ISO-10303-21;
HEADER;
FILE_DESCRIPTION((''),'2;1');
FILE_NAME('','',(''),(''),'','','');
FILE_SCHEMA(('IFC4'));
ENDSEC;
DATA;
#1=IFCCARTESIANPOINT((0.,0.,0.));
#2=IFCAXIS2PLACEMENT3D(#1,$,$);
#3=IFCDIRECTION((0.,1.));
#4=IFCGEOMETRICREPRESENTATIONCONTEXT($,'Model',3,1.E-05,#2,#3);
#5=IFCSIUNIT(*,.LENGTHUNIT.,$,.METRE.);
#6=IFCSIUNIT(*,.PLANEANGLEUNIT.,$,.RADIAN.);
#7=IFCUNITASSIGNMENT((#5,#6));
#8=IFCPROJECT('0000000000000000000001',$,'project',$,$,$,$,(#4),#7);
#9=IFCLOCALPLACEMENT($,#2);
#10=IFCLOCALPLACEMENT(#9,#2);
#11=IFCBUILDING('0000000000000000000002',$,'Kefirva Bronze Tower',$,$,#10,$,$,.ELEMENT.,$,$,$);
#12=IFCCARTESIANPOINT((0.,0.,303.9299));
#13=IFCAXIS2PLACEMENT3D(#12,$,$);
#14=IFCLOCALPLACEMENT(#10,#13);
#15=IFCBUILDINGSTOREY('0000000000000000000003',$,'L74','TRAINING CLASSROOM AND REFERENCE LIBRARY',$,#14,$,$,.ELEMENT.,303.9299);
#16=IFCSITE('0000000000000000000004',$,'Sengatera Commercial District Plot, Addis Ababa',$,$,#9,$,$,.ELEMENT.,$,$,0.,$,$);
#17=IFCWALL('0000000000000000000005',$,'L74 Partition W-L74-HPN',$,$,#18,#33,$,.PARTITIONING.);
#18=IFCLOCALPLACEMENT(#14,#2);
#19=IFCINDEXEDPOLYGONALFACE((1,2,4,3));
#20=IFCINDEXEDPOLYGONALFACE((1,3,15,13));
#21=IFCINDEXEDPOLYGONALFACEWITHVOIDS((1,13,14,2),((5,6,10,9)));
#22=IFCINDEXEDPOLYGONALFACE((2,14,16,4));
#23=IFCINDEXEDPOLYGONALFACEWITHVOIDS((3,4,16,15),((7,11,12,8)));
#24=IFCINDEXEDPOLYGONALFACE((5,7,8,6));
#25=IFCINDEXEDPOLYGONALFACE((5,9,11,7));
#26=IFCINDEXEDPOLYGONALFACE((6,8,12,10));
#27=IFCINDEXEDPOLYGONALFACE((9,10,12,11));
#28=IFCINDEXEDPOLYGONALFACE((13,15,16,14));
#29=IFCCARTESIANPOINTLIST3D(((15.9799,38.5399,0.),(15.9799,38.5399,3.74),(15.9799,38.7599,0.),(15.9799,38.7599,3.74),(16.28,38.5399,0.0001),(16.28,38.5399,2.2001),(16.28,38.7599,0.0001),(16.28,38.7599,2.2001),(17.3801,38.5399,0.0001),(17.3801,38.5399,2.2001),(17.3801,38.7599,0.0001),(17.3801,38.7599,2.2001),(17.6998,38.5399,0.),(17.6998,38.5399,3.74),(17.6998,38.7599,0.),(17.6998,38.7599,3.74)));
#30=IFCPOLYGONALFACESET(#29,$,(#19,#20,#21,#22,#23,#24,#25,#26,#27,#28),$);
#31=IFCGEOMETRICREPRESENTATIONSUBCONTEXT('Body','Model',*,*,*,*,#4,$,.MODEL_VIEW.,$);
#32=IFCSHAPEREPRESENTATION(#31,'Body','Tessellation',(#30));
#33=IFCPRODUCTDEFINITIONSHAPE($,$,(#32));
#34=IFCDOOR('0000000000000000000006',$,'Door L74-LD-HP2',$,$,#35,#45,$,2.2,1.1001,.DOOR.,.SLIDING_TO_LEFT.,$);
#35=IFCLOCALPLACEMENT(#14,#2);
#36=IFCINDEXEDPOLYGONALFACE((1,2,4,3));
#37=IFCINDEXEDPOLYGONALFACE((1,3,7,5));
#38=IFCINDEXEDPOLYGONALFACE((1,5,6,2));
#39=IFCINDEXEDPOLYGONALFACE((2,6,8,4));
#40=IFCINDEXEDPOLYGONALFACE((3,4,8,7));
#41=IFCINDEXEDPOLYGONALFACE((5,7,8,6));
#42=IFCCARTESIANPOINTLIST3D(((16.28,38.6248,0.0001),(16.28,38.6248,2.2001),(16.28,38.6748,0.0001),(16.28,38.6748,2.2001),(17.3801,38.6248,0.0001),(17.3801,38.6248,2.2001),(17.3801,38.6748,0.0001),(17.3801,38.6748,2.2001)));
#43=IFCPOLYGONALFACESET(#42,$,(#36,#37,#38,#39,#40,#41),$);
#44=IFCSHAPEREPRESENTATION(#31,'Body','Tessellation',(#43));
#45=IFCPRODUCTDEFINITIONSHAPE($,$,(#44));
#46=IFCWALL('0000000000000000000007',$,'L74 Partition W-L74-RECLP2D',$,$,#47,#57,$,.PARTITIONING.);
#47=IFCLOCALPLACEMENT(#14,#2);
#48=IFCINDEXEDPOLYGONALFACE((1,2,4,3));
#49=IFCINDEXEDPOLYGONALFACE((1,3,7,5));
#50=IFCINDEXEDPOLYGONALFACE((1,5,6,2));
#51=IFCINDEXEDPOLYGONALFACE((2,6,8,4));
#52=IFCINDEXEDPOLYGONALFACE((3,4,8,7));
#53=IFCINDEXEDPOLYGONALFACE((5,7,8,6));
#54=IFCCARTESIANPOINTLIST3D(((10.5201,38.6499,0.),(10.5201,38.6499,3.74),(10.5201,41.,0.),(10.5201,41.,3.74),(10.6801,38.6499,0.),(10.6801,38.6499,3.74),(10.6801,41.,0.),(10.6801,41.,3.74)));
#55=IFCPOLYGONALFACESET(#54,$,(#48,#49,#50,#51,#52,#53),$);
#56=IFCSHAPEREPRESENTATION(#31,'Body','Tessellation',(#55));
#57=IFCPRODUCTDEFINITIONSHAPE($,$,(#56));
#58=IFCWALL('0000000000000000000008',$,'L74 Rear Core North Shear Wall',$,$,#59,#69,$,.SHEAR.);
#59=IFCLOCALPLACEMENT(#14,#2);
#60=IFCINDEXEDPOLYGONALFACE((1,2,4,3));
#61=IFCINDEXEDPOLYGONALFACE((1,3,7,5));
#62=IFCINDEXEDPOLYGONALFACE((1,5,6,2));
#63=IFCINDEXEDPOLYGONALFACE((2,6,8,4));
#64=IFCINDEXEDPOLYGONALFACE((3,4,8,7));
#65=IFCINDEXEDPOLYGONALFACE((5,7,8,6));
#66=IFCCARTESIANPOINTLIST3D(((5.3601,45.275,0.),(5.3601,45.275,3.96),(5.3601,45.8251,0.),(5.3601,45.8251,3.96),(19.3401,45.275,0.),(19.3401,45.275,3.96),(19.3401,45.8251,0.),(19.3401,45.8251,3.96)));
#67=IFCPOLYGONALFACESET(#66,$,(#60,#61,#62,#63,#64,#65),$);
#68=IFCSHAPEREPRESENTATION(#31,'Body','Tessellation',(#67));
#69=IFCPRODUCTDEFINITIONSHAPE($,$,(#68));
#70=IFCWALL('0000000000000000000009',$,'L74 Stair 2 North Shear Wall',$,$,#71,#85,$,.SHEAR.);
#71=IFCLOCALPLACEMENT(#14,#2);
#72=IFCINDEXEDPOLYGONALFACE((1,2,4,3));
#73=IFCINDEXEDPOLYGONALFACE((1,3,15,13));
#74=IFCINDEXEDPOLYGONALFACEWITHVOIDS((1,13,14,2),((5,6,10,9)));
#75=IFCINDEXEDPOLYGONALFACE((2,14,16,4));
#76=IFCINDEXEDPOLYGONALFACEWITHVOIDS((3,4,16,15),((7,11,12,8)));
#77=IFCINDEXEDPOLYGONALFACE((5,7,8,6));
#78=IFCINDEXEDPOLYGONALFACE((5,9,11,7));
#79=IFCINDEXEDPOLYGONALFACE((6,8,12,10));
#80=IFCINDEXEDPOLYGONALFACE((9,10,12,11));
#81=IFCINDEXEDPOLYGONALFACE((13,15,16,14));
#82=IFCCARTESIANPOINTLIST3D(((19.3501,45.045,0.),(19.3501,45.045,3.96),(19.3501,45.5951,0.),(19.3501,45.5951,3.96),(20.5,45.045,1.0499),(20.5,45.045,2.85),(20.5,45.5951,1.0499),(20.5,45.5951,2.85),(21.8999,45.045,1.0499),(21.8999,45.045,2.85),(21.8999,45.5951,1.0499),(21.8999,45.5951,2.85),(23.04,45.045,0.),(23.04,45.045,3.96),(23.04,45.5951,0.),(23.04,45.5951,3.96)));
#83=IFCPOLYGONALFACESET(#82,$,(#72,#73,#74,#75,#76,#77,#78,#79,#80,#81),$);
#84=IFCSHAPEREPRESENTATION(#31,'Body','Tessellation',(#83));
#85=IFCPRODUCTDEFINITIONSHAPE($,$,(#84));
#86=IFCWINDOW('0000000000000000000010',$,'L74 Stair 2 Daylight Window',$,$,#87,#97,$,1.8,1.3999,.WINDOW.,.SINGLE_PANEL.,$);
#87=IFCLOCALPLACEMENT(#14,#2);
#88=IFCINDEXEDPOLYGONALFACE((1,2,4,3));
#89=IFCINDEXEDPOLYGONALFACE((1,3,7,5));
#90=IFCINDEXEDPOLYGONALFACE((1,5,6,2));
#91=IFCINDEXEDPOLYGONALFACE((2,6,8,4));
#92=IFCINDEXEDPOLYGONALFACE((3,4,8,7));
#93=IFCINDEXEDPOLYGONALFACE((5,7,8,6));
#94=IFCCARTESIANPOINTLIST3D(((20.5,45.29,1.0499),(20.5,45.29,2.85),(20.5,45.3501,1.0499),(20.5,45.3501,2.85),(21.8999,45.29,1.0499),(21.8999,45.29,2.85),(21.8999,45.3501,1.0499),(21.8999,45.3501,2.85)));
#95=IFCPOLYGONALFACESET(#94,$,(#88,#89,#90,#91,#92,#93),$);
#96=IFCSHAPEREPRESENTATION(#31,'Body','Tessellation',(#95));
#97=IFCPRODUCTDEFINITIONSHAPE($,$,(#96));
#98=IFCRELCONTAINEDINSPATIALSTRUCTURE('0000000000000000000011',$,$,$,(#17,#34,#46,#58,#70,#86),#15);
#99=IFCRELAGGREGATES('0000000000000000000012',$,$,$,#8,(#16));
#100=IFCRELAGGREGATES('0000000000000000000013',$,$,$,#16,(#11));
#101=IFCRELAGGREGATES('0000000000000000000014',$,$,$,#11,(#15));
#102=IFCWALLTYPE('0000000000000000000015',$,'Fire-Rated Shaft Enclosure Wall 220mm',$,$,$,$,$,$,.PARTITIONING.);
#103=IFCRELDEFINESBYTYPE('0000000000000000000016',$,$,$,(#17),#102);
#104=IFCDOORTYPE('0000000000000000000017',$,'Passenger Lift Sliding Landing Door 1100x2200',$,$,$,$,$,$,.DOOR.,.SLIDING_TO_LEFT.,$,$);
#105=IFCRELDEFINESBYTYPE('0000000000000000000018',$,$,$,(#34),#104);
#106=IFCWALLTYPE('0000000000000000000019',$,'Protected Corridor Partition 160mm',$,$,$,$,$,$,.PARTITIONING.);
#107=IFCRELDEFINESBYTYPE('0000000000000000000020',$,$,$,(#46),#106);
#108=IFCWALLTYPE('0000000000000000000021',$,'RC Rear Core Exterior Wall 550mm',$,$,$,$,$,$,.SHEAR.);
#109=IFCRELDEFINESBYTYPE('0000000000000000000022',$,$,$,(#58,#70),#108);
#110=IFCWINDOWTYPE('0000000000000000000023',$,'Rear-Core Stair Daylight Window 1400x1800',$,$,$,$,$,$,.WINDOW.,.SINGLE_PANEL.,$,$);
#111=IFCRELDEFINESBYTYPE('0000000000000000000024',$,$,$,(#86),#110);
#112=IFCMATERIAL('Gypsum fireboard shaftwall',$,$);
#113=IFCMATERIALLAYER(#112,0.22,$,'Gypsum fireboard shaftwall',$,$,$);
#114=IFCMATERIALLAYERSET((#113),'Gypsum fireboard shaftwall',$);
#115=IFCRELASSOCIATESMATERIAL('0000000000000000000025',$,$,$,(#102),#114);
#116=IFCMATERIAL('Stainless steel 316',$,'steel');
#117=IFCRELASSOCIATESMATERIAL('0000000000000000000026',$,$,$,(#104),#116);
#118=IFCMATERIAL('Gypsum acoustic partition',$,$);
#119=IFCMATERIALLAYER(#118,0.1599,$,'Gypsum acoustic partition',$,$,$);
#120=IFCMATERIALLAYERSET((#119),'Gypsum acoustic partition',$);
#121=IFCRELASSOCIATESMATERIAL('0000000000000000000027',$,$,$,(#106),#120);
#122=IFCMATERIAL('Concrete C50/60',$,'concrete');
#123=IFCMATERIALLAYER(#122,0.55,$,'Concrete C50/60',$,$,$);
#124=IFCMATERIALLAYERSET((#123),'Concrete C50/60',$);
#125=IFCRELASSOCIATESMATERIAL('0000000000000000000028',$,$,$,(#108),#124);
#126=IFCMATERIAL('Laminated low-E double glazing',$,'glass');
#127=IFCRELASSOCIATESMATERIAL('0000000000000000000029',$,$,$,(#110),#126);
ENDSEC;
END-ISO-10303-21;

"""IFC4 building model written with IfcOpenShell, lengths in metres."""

from ifc_helpers import new_model, si_unit, direction, frame, frame_2d, origin, place, context, subcontext, project, spatial, rectangle, extrude, material, layer, layer_set, type_object, element, fill, save


model = new_model("IFC4")

# Units and contexts
model_context = context("Model", 3, precision=1e-05, world=origin(), true_north=direction((0.0, 1.0)))
body_context = subcontext(model_context, "Body", "Model", "MODEL_VIEW")
ifc_project = project(units=[si_unit("LENGTHUNIT", "METRE"), si_unit("PLANEANGLEUNIT", "RADIAN")], contexts=[model_context])

# Site, building, storey
site_placement = place(None, origin())
site = spatial("IfcSite", under=ifc_project, at=site_placement, Name="Sengatera Commercial District Plot, Addis Ababa", CompositionType="ELEMENT", RefElevation=0.0)
building_placement = place(site_placement, origin())
building = spatial("IfcBuilding", under=site, at=building_placement, Name="Kefirva Bronze Tower", CompositionType="ELEMENT")
storey_placement = place(building_placement, frame((0.0, 0.0, 303.9299)))
storey = spatial("IfcBuildingStorey", under=building, at=storey_placement, Name="L74", Description="TRAINING CLASSROOM AND REFERENCE LIBRARY", CompositionType="ELEMENT", Elevation=303.9299)

# Shared definitions
ifc_material_1 = material(Name="Concrete C50/60", Category="concrete")

# Shared definitions
ifc_material_2 = material(Name="Gypsum acoustic partition")

# Shared definitions
ifc_material_3 = material(Name="Gypsum fireboard shaftwall")
ifc_layer_1 = layer(ifc_material_3, 0.22, Name="Gypsum fireboard shaftwall")
ifc_layer_set_1 = layer_set([ifc_layer_1], Name="Gypsum fireboard shaftwall")
wall_type_1 = type_object("IfcWallType", Name="Fire-Rated Shaft Enclosure Wall 220mm", PredefinedType="PARTITIONING", material=ifc_layer_set_1)

# Shared definitions
ifc_material_4 = material(Name="Stainless steel 316", Category="steel")

# Shared definitions
door_type_1 = type_object("IfcDoorType", Name="Passenger Lift Sliding Landing Door 1100x2200", OperationType="SLIDING_TO_LEFT", PredefinedType="DOOR", material=ifc_material_4)

# Wall, opening, door
wall_1_placement = place(storey_placement, frame((15.98, 38.6499, 0.0), z_axis=(0.0, 0.0, 1.0), x_axis=(1.0, 0.0, 0.0)))
wall_1 = element("IfcWall", 1, at=wall_1_placement, inside=storey, type_object=wall_type_1, Name="L74 Partition W-L74-HPN", PredefinedType="PARTITIONING", context=body_context, shape_type="SweptSolid", body=[
    extrude(rectangle(XDim=1.72, YDim=0.22, at=frame_2d((0.8599, 0.0))), origin(), (0.0, 0.0, 1.0), 3.74),
])
opening_1_placement = place(wall_1_placement, frame((0.3, 0.0, 0.0)))
opening_1 = element("IfcOpeningElement", 2, at=opening_1_placement, cuts=wall_1, PredefinedType="OPENING", context=body_context, shape_type="SweptSolid", body=[
    extrude(rectangle(XDim=1.1001, YDim=2.2, at=frame_2d((0.55, 1.1001))), frame((0.0, 0.1201, 0.0), z_axis=(0.0, -1.0, 0.0), x_axis=(1.0, 0.0, 0.0)), (0.0, 0.0, 1.0), 0.24),
])
door_1_placement = place(opening_1_placement, origin())
door_1 = element("IfcDoor", 3, at=door_1_placement, inside=storey, type_object=door_type_1, Name="Door L74-LD-HP2", OperationType="SLIDING_TO_LEFT", OverallHeight=2.2, OverallWidth=1.1001, PredefinedType="DOOR", context=body_context, shape_type="SweptSolid", body=[
    extrude(rectangle(XDim=1.1001, YDim=2.2, at=frame_2d((0.55, 1.1001))), frame((0.0, 0.0249, 0.0), z_axis=(0.0, -1.0, 0.0), x_axis=(1.0, 0.0, 0.0)), (0.0, 0.0, 1.0), 0.05),
])
fill(opening_1, door_1)

# Walls
ifc_layer_2 = layer(ifc_material_2, 0.1599, Name="Gypsum acoustic partition")
ifc_layer_set_2 = layer_set([ifc_layer_2], Name="Gypsum acoustic partition")
wall_type_2 = type_object("IfcWallType", Name="Protected Corridor Partition 160mm", PredefinedType="PARTITIONING", material=ifc_layer_set_2)
wall_2_placement = place(storey_placement, frame((10.6001, 38.6499, 0.0), z_axis=(0.0, 0.0, 1.0), x_axis=(0.0, 1.0, 0.0)))
element("IfcWall", 4, at=wall_2_placement, inside=storey, type_object=wall_type_2, Name="L74 Partition W-L74-RECLP2D", PredefinedType="PARTITIONING", context=body_context, shape_type="SweptSolid", body=[
    extrude(rectangle(XDim=2.3501, YDim=0.1599, at=frame_2d((1.175, 0.0))), origin(), (0.0, 0.0, 1.0), 3.74),
])
ifc_layer_3 = layer(ifc_material_1, 0.55, Name="Concrete C50/60")
ifc_layer_set_3 = layer_set([ifc_layer_3], Name="Concrete C50/60")
wall_type_3 = type_object("IfcWallType", Name="RC Rear Core Exterior Wall 550mm", PredefinedType="SHEAR", material=ifc_layer_set_3)
wall_3_placement = place(storey_placement, frame((5.3601, 45.55, 0.0), z_axis=(0.0, 0.0, 1.0), x_axis=(1.0, 0.0, 0.0)))
element("IfcWall", 5, at=wall_3_placement, inside=storey, type_object=wall_type_3, Name="L74 Rear Core North Shear Wall", PredefinedType="SHEAR", context=body_context, shape_type="SweptSolid", body=[
    extrude(rectangle(XDim=13.98, YDim=0.55, at=frame_2d((6.99, 0.0))), origin(), (0.0, 0.0, 1.0), 3.96),
])

# Wall, opening, window
wall_4_placement = place(storey_placement, frame((19.3501, 45.3201, 0.0), z_axis=(0.0, 0.0, 1.0), x_axis=(1.0, 0.0, 0.0)))
wall_4 = element("IfcWall", 6, at=wall_4_placement, inside=storey, type_object=wall_type_3, Name="L74 Stair 2 North Shear Wall", PredefinedType="SHEAR", context=body_context, shape_type="SweptSolid", body=[
    extrude(rectangle(XDim=3.6899, YDim=0.55, at=frame_2d((1.845, 0.0))), origin(), (0.0, 0.0, 1.0), 3.96),
])
opening_2_placement = place(wall_4_placement, frame((1.1499, 0.0, 1.05)))
opening_2 = element("IfcOpeningElement", 7, at=opening_2_placement, cuts=wall_4, PredefinedType="OPENING", context=body_context, shape_type="SweptSolid", body=[
    extrude(rectangle(XDim=1.3999, YDim=1.8, at=frame_2d((0.7, 0.8999))), frame((0.0, 0.2852, 0.0), z_axis=(0.0, -1.0, 0.0), x_axis=(1.0, 0.0, 0.0)), (0.0, 0.0, 1.0), 0.5701),
])
ifc_material_5 = material(Name="Laminated low-E double glazing", Category="glass")
window_type = type_object("IfcWindowType", Name="Rear-Core Stair Daylight Window 1400x1800", PartitioningType="SINGLE_PANEL", PredefinedType="WINDOW", material=ifc_material_5)
window_placement = place(opening_2_placement, origin())
window = element("IfcWindow", 8, at=window_placement, inside=storey, type_object=window_type, Name="L74 Stair 2 Daylight Window", OverallHeight=1.8, OverallWidth=1.3999, PartitioningType="SINGLE_PANEL", PredefinedType="WINDOW", context=body_context, shape_type="SweptSolid", body=[
    extrude(rectangle(XDim=1.3999, YDim=1.8, at=frame_2d((0.7, 0.8999))), frame((0.0, 0.03, 0.0), z_axis=(0.0, -1.0, 0.0), x_axis=(1.0, 0.0, 0.0)), (0.0, 0.0, 1.0), 0.0601),
])
fill(opening_2, window)

save(model, "model.ifc")
